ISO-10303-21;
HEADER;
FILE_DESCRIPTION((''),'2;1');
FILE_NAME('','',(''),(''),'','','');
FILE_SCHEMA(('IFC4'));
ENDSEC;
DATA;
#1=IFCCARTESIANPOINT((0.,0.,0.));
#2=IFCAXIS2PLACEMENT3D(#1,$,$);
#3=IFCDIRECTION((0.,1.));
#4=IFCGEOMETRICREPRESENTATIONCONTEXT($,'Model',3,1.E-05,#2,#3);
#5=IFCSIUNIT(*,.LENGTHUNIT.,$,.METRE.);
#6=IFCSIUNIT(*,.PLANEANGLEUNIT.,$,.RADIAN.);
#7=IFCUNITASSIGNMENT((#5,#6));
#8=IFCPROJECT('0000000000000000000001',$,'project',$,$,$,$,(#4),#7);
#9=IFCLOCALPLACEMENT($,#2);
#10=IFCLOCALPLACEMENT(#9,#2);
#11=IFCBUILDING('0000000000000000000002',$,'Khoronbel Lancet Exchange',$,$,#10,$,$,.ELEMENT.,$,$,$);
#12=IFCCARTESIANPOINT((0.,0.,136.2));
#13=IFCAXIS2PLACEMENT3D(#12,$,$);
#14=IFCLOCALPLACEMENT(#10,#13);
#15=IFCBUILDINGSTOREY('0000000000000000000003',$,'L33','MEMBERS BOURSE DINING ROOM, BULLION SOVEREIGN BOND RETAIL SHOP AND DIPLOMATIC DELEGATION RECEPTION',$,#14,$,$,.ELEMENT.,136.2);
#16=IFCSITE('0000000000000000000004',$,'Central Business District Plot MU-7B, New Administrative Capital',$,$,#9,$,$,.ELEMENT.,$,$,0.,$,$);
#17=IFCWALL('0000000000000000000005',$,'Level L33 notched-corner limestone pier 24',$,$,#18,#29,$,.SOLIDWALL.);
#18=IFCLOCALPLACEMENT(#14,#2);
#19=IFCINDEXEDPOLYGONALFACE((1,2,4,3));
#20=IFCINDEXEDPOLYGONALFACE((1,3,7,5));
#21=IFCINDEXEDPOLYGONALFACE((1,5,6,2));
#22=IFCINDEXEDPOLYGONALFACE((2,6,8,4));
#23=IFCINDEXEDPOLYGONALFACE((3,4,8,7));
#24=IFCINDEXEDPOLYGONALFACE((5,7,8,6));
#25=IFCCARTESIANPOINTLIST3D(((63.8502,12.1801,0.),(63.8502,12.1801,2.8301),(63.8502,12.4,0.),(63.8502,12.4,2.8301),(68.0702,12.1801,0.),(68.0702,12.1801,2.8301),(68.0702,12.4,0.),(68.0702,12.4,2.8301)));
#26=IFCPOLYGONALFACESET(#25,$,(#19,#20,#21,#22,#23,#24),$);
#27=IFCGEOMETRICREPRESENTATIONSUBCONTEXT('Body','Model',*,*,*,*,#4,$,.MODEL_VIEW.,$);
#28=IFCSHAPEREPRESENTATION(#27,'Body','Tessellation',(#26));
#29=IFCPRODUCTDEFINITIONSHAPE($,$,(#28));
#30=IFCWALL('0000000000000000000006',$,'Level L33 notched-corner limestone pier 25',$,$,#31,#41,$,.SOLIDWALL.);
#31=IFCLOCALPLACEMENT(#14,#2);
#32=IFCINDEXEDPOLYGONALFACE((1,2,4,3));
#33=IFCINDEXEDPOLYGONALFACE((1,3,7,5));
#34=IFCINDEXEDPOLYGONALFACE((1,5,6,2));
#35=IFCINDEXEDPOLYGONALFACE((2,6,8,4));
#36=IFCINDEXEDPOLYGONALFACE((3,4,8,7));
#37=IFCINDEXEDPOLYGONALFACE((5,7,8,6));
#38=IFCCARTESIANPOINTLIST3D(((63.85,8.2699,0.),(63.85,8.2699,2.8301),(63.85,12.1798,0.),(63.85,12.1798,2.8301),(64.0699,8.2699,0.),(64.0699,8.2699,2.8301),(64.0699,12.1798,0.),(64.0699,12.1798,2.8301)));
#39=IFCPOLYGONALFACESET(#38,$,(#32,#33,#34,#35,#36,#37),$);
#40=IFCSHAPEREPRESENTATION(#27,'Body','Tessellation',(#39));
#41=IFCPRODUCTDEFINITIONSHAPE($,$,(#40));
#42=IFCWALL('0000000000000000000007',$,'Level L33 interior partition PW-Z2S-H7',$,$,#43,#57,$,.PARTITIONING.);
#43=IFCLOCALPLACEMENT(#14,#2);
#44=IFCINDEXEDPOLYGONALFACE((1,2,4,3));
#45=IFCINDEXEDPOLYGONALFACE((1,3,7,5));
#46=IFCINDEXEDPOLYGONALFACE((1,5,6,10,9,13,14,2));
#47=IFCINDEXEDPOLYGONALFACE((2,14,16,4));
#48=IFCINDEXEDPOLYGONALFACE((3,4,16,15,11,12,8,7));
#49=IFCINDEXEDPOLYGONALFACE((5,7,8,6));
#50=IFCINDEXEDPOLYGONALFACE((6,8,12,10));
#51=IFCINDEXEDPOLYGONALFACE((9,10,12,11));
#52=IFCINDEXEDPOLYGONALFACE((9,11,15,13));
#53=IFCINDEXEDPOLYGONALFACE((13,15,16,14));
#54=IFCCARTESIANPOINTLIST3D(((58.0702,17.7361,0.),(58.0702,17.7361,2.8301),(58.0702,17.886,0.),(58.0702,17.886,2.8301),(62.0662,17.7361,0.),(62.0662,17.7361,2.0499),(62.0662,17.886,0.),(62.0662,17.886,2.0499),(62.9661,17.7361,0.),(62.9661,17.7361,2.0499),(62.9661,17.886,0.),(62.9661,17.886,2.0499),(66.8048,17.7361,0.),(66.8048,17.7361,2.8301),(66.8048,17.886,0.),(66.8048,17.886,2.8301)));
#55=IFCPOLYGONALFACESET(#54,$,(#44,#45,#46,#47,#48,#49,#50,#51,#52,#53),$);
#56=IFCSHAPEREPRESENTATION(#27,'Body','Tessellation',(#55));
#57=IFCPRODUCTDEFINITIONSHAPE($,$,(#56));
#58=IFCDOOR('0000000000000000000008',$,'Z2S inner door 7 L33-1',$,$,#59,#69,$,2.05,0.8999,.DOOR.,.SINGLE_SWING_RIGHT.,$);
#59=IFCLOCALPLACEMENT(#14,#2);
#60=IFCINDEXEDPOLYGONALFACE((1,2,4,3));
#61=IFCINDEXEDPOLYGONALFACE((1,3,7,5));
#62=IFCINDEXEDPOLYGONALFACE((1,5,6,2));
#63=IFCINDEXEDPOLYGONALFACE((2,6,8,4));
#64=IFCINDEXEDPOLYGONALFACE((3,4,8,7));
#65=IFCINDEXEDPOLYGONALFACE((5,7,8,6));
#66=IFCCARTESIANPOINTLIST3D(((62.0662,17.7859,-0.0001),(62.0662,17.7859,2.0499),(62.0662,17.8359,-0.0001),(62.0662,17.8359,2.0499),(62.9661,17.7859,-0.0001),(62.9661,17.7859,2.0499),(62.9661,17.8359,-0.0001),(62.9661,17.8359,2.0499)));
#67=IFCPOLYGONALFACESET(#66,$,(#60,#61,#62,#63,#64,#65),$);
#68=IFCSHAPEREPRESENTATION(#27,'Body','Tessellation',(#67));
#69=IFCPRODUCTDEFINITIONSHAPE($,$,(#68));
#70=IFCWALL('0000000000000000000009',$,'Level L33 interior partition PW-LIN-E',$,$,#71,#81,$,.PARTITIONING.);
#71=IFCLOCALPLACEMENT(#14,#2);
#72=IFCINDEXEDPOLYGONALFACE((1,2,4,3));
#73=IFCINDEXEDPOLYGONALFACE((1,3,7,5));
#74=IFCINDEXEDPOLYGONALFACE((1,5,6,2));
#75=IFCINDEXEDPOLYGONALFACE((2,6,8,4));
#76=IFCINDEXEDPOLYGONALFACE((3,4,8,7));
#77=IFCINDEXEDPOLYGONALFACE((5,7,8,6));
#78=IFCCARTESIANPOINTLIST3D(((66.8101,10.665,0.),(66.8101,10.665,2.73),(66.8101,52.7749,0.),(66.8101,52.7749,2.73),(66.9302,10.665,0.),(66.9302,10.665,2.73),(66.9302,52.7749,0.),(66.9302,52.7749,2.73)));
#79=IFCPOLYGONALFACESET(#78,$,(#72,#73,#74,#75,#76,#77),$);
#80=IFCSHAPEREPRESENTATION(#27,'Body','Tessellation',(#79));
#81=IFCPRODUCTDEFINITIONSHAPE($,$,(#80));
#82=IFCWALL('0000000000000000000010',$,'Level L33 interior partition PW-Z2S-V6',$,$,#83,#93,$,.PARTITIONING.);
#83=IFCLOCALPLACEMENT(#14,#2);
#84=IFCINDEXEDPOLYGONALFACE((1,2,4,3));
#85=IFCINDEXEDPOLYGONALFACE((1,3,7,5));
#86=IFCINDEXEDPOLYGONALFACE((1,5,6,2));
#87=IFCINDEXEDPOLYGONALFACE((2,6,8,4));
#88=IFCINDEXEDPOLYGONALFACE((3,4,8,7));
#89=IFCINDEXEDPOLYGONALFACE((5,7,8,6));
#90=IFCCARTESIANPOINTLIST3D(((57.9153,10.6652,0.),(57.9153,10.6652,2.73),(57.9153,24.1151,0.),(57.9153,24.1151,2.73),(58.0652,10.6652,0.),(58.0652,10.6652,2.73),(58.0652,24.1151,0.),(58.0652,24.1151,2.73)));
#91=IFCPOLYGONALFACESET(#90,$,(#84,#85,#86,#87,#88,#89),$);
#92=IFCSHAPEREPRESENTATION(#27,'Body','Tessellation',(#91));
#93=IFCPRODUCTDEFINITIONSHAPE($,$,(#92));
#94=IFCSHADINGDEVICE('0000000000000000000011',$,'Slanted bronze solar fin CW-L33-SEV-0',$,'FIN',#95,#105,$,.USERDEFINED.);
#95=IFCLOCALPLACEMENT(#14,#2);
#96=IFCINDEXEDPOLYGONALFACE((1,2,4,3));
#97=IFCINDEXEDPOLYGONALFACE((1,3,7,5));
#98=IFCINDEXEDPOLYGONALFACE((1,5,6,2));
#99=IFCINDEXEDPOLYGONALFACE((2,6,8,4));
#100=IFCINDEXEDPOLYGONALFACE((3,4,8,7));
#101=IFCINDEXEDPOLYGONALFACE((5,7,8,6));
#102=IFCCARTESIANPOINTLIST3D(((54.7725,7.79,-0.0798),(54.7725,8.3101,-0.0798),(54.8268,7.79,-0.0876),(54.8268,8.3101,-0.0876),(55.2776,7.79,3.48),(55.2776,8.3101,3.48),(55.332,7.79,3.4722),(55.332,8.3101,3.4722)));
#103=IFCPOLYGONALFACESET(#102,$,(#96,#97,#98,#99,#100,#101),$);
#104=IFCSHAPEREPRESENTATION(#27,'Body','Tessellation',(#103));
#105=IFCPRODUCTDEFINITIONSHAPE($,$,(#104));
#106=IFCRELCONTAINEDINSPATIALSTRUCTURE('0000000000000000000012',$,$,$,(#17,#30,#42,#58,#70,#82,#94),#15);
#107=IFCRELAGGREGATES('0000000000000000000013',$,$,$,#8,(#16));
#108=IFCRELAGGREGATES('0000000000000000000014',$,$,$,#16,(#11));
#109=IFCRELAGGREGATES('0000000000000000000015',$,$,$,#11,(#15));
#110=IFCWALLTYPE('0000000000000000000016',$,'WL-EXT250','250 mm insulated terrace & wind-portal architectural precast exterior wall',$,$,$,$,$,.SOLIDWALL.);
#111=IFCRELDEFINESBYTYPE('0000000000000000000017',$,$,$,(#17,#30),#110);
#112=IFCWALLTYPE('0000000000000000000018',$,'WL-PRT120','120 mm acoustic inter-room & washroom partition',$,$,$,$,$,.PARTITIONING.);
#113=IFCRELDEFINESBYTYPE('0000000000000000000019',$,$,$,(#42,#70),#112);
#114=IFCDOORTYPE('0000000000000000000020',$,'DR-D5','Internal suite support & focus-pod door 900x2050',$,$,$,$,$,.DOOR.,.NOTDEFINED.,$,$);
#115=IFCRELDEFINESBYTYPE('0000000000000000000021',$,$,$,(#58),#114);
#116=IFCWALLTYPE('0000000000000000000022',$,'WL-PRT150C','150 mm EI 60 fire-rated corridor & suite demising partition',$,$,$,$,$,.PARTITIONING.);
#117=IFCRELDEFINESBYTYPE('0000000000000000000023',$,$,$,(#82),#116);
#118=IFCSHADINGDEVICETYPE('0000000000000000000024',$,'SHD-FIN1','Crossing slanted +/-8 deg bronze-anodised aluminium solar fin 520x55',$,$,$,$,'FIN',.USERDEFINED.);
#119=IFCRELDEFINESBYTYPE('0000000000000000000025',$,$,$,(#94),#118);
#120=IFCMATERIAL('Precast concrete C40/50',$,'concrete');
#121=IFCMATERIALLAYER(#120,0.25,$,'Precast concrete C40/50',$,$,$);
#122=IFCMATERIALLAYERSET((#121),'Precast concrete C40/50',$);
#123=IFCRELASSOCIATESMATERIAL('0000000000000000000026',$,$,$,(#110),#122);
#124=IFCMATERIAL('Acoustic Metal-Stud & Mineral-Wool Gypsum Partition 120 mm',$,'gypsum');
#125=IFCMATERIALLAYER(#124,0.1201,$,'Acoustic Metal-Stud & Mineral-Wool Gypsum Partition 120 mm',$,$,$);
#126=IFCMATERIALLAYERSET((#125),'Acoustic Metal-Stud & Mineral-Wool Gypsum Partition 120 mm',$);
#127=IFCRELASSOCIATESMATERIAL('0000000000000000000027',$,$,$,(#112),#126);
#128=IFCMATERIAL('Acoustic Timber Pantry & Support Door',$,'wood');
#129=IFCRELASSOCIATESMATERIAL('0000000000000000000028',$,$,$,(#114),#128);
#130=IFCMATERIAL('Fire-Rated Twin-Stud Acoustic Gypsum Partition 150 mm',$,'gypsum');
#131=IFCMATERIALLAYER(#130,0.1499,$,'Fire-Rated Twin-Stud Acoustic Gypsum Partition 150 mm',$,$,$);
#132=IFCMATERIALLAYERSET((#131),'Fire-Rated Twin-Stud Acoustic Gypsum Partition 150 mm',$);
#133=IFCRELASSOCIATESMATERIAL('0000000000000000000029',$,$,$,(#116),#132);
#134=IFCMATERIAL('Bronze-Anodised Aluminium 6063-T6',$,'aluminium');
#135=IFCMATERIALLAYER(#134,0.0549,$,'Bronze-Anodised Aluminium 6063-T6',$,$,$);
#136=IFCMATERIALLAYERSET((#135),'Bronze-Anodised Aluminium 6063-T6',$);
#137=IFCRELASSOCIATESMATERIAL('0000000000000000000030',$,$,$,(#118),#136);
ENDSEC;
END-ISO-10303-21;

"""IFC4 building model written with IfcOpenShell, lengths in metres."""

from ifc_helpers import new_model, si_unit, direction, frame, frame_2d, origin, place, context, subcontext, project, spatial, polyline, rectangle, outline, extrude, material, layer, layer_set, type_object, element, fill, save


model = new_model("IFC4")

# Units and contexts
model_context = context("Model", 3, precision=1e-05, world=origin(), true_north=direction((0.0, 1.0)))
body_context = subcontext(model_context, "Body", "Model", "MODEL_VIEW")
ifc_project = project(units=[si_unit("LENGTHUNIT", "METRE"), si_unit("PLANEANGLEUNIT", "RADIAN")], contexts=[model_context])

# Site, building, storey
site_placement = place(None, origin())
site = spatial("IfcSite", under=ifc_project, at=site_placement, Name="Central Business District Plot MU-7B, New Administrative Capital", CompositionType="ELEMENT", RefElevation=0.0)
building_placement = place(site_placement, origin())
building = spatial("IfcBuilding", under=site, at=building_placement, Name="Khoronbel Lancet Exchange", CompositionType="ELEMENT")
storey_placement = place(building_placement, frame((0.0, 0.0, 136.2)))
storey = spatial("IfcBuildingStorey", under=building, at=storey_placement, Name="L33", Description="MEMBERS BOURSE DINING ROOM, BULLION SOVEREIGN BOND RETAIL SHOP AND DIPLOMATIC DELEGATION RECEPTION", CompositionType="ELEMENT", Elevation=136.2)

# Shared definitions
ifc_material_1 = material(Name="Bronze-Anodised Aluminium 6063-T6", Category="aluminium")

# Walls
ifc_material_2 = material(Name="Precast concrete C40/50", Category="concrete")
ifc_layer_1 = layer(ifc_material_2, 0.25, Name="Precast concrete C40/50")
ifc_layer_set_1 = layer_set([ifc_layer_1], Name="Precast concrete C40/50")
wall_type_1 = type_object("IfcWallType", Name="WL-EXT250", Description="250 mm insulated terrace & wind-portal architectural precast exterior wall", PredefinedType="SOLIDWALL", material=ifc_layer_set_1)
wall_1_placement = place(storey_placement, frame((68.0701, 12.29, 0.0), z_axis=(0.0, 0.0, 1.0), x_axis=(-1.0, 0.0, 0.0)))
element("IfcWall", 1, at=wall_1_placement, inside=storey, type_object=wall_type_1, Name="Level L33 notched-corner limestone pier 24", PredefinedType="SOLIDWALL", context=body_context, shape_type="SweptSolid", body=[
    extrude(rectangle(XDim=4.22, YDim=0.22, at=frame_2d((2.1099, 0.0))), origin(), (0.0, 0.0, 1.0), 2.8301),
])
wall_2_placement = place(storey_placement, frame((63.96, 12.1799, 0.0), z_axis=(0.0, 0.0, 1.0), x_axis=(0.0, -1.0, 0.0)))
element("IfcWall", 2, at=wall_2_placement, inside=storey, type_object=wall_type_1, Name="Level L33 notched-corner limestone pier 25", PredefinedType="SOLIDWALL", context=body_context, shape_type="SweptSolid", body=[
    extrude(rectangle(XDim=3.9099, YDim=0.22, at=frame_2d((1.9551, 0.0))), origin(), (0.0, 0.0, 1.0), 2.8301),
])

# Wall, opening, door
ifc_material_3 = material(Name="Acoustic Metal-Stud & Mineral-Wool Gypsum Partition 120 mm", Category="gypsum")
ifc_layer_2 = layer(ifc_material_3, 0.1201, Name="Acoustic Metal-Stud & Mineral-Wool Gypsum Partition 120 mm")
ifc_layer_set_2 = layer_set([ifc_layer_2], Name="Acoustic Metal-Stud & Mineral-Wool Gypsum Partition 120 mm")
wall_type_2 = type_object("IfcWallType", Name="WL-PRT120", Description="120 mm acoustic inter-room & washroom partition", PredefinedType="PARTITIONING", material=ifc_layer_set_2)
wall_3_placement = place(storey_placement, frame((58.0703, 17.811, 0.0), z_axis=(0.0, 0.0, 1.0), x_axis=(1.0, 0.0, 0.0)))
wall_3 = element("IfcWall", 3, at=wall_3_placement, inside=storey, type_object=wall_type_2, Name="Level L33 interior partition PW-Z2S-H7", PredefinedType="PARTITIONING", context=body_context, shape_type="SweptSolid", body=[
    extrude(rectangle(XDim=8.7346, YDim=0.1499, at=frame_2d((4.3672, 0.0))), origin(), (0.0, 0.0, 1.0), 2.8301),
])
opening_placement = place(wall_3_placement, frame((3.9958, 0.0, 0.0)))
opening = element("IfcOpeningElement", 4, at=opening_placement, cuts=wall_3, PredefinedType="OPENING", context=body_context, shape_type="SweptSolid", body=[
    extrude(rectangle(XDim=0.8999, YDim=2.05, at=frame_2d((0.45, 1.0249))), frame((0.0, 0.085, 0.0), z_axis=(0.0, -1.0, 0.0), x_axis=(1.0, 0.0, 0.0)), (0.0, 0.0, 1.0), 0.1699),
])
ifc_material_4 = material(Name="Acoustic Timber Pantry & Support Door", Category="wood")
door_type = type_object("IfcDoorType", Name="DR-D5", Description="Internal suite support & focus-pod door 900x2050", OperationType="NOTDEFINED", PredefinedType="DOOR", material=ifc_material_4)
door_placement = place(opening_placement, origin())
door = element("IfcDoor", 5, at=door_placement, inside=storey, type_object=door_type, Name="Z2S inner door 7 L33-1", OperationType="SINGLE_SWING_RIGHT", OverallHeight=2.05, OverallWidth=0.8999, PredefinedType="DOOR", context=body_context, shape_type="SweptSolid", body=[
    extrude(rectangle(XDim=0.8999, YDim=2.05, at=frame_2d((0.45, 1.0249))), frame((0.0, 0.0249, 0.0), z_axis=(0.0, -1.0, 0.0), x_axis=(1.0, 0.0, 0.0)), (0.0, 0.0, 1.0), 0.05),
])
fill(opening, door)

# Walls
wall_4_placement = place(storey_placement, frame((66.8701, 10.665, 0.0), z_axis=(0.0, 0.0, 1.0), x_axis=(0.0, 1.0, 0.0)))
element("IfcWall", 6, at=wall_4_placement, inside=storey, type_object=wall_type_2, Name="Level L33 interior partition PW-LIN-E", PredefinedType="PARTITIONING", context=body_context, shape_type="SweptSolid", body=[
    extrude(rectangle(XDim=42.1099, YDim=0.1201, at=frame_2d((21.0549, 0.0))), origin(), (0.0, 0.0, 1.0), 2.73),
])
ifc_material_5 = material(Name="Fire-Rated Twin-Stud Acoustic Gypsum Partition 150 mm", Category="gypsum")
ifc_layer_3 = layer(ifc_material_5, 0.1499, Name="Fire-Rated Twin-Stud Acoustic Gypsum Partition 150 mm")
ifc_layer_set_3 = layer_set([ifc_layer_3], Name="Fire-Rated Twin-Stud Acoustic Gypsum Partition 150 mm")
wall_type_3 = type_object("IfcWallType", Name="WL-PRT150C", Description="150 mm EI 60 fire-rated corridor & suite demising partition", PredefinedType="PARTITIONING", material=ifc_layer_set_3)
wall_5_placement = place(storey_placement, frame((57.9902, 10.665, 0.0), z_axis=(0.0, 0.0, 1.0), x_axis=(0.0, 1.0, 0.0)))
element("IfcWall", 7, at=wall_5_placement, inside=storey, type_object=wall_type_3, Name="Level L33 interior partition PW-Z2S-V6", PredefinedType="PARTITIONING", context=body_context, shape_type="SweptSolid", body=[
    extrude(rectangle(XDim=13.45, YDim=0.1499, at=frame_2d((6.7251, 0.0))), origin(), (0.0, 0.0, 1.0), 2.73),
])

# Shading device
ifc_layer_4 = layer(ifc_material_1, 0.0549, Name="Bronze-Anodised Aluminium 6063-T6")
ifc_layer_set_4 = layer_set([ifc_layer_4], Name="Bronze-Anodised Aluminium 6063-T6")
shading_device_type = type_object("IfcShadingDeviceType", Name="SHD-FIN1", Description="Crossing slanted +/-8 deg bronze-anodised aluminium solar fin 520x55", ElementType="FIN", PredefinedType="USERDEFINED", material=ifc_layer_set_4)
shading_device_placement = place(storey_placement, frame((54.7725, 8.3101, -0.0798), z_axis=(-0.990082, 0.0, 0.14049), x_axis=(0.0, -1.0, 0.0)))
element("IfcShadingDevice", 8, at=shading_device_placement, inside=storey, type_object=shading_device_type, Name="Slanted bronze solar fin CW-L33-SEV-0", ObjectType="FIN", PredefinedType="USERDEFINED", context=body_context, shape_type="SweptSolid", body=[
    extrude(outline(polyline([(0.0, 0.0), (0.52, 0.0), (0.52, 3.5955), (0.0, 3.5955), (0.0, 0.0)])), origin(), (0.0, 0.0, -1.0), 0.0549),
])

save(model, "model.ifc")
